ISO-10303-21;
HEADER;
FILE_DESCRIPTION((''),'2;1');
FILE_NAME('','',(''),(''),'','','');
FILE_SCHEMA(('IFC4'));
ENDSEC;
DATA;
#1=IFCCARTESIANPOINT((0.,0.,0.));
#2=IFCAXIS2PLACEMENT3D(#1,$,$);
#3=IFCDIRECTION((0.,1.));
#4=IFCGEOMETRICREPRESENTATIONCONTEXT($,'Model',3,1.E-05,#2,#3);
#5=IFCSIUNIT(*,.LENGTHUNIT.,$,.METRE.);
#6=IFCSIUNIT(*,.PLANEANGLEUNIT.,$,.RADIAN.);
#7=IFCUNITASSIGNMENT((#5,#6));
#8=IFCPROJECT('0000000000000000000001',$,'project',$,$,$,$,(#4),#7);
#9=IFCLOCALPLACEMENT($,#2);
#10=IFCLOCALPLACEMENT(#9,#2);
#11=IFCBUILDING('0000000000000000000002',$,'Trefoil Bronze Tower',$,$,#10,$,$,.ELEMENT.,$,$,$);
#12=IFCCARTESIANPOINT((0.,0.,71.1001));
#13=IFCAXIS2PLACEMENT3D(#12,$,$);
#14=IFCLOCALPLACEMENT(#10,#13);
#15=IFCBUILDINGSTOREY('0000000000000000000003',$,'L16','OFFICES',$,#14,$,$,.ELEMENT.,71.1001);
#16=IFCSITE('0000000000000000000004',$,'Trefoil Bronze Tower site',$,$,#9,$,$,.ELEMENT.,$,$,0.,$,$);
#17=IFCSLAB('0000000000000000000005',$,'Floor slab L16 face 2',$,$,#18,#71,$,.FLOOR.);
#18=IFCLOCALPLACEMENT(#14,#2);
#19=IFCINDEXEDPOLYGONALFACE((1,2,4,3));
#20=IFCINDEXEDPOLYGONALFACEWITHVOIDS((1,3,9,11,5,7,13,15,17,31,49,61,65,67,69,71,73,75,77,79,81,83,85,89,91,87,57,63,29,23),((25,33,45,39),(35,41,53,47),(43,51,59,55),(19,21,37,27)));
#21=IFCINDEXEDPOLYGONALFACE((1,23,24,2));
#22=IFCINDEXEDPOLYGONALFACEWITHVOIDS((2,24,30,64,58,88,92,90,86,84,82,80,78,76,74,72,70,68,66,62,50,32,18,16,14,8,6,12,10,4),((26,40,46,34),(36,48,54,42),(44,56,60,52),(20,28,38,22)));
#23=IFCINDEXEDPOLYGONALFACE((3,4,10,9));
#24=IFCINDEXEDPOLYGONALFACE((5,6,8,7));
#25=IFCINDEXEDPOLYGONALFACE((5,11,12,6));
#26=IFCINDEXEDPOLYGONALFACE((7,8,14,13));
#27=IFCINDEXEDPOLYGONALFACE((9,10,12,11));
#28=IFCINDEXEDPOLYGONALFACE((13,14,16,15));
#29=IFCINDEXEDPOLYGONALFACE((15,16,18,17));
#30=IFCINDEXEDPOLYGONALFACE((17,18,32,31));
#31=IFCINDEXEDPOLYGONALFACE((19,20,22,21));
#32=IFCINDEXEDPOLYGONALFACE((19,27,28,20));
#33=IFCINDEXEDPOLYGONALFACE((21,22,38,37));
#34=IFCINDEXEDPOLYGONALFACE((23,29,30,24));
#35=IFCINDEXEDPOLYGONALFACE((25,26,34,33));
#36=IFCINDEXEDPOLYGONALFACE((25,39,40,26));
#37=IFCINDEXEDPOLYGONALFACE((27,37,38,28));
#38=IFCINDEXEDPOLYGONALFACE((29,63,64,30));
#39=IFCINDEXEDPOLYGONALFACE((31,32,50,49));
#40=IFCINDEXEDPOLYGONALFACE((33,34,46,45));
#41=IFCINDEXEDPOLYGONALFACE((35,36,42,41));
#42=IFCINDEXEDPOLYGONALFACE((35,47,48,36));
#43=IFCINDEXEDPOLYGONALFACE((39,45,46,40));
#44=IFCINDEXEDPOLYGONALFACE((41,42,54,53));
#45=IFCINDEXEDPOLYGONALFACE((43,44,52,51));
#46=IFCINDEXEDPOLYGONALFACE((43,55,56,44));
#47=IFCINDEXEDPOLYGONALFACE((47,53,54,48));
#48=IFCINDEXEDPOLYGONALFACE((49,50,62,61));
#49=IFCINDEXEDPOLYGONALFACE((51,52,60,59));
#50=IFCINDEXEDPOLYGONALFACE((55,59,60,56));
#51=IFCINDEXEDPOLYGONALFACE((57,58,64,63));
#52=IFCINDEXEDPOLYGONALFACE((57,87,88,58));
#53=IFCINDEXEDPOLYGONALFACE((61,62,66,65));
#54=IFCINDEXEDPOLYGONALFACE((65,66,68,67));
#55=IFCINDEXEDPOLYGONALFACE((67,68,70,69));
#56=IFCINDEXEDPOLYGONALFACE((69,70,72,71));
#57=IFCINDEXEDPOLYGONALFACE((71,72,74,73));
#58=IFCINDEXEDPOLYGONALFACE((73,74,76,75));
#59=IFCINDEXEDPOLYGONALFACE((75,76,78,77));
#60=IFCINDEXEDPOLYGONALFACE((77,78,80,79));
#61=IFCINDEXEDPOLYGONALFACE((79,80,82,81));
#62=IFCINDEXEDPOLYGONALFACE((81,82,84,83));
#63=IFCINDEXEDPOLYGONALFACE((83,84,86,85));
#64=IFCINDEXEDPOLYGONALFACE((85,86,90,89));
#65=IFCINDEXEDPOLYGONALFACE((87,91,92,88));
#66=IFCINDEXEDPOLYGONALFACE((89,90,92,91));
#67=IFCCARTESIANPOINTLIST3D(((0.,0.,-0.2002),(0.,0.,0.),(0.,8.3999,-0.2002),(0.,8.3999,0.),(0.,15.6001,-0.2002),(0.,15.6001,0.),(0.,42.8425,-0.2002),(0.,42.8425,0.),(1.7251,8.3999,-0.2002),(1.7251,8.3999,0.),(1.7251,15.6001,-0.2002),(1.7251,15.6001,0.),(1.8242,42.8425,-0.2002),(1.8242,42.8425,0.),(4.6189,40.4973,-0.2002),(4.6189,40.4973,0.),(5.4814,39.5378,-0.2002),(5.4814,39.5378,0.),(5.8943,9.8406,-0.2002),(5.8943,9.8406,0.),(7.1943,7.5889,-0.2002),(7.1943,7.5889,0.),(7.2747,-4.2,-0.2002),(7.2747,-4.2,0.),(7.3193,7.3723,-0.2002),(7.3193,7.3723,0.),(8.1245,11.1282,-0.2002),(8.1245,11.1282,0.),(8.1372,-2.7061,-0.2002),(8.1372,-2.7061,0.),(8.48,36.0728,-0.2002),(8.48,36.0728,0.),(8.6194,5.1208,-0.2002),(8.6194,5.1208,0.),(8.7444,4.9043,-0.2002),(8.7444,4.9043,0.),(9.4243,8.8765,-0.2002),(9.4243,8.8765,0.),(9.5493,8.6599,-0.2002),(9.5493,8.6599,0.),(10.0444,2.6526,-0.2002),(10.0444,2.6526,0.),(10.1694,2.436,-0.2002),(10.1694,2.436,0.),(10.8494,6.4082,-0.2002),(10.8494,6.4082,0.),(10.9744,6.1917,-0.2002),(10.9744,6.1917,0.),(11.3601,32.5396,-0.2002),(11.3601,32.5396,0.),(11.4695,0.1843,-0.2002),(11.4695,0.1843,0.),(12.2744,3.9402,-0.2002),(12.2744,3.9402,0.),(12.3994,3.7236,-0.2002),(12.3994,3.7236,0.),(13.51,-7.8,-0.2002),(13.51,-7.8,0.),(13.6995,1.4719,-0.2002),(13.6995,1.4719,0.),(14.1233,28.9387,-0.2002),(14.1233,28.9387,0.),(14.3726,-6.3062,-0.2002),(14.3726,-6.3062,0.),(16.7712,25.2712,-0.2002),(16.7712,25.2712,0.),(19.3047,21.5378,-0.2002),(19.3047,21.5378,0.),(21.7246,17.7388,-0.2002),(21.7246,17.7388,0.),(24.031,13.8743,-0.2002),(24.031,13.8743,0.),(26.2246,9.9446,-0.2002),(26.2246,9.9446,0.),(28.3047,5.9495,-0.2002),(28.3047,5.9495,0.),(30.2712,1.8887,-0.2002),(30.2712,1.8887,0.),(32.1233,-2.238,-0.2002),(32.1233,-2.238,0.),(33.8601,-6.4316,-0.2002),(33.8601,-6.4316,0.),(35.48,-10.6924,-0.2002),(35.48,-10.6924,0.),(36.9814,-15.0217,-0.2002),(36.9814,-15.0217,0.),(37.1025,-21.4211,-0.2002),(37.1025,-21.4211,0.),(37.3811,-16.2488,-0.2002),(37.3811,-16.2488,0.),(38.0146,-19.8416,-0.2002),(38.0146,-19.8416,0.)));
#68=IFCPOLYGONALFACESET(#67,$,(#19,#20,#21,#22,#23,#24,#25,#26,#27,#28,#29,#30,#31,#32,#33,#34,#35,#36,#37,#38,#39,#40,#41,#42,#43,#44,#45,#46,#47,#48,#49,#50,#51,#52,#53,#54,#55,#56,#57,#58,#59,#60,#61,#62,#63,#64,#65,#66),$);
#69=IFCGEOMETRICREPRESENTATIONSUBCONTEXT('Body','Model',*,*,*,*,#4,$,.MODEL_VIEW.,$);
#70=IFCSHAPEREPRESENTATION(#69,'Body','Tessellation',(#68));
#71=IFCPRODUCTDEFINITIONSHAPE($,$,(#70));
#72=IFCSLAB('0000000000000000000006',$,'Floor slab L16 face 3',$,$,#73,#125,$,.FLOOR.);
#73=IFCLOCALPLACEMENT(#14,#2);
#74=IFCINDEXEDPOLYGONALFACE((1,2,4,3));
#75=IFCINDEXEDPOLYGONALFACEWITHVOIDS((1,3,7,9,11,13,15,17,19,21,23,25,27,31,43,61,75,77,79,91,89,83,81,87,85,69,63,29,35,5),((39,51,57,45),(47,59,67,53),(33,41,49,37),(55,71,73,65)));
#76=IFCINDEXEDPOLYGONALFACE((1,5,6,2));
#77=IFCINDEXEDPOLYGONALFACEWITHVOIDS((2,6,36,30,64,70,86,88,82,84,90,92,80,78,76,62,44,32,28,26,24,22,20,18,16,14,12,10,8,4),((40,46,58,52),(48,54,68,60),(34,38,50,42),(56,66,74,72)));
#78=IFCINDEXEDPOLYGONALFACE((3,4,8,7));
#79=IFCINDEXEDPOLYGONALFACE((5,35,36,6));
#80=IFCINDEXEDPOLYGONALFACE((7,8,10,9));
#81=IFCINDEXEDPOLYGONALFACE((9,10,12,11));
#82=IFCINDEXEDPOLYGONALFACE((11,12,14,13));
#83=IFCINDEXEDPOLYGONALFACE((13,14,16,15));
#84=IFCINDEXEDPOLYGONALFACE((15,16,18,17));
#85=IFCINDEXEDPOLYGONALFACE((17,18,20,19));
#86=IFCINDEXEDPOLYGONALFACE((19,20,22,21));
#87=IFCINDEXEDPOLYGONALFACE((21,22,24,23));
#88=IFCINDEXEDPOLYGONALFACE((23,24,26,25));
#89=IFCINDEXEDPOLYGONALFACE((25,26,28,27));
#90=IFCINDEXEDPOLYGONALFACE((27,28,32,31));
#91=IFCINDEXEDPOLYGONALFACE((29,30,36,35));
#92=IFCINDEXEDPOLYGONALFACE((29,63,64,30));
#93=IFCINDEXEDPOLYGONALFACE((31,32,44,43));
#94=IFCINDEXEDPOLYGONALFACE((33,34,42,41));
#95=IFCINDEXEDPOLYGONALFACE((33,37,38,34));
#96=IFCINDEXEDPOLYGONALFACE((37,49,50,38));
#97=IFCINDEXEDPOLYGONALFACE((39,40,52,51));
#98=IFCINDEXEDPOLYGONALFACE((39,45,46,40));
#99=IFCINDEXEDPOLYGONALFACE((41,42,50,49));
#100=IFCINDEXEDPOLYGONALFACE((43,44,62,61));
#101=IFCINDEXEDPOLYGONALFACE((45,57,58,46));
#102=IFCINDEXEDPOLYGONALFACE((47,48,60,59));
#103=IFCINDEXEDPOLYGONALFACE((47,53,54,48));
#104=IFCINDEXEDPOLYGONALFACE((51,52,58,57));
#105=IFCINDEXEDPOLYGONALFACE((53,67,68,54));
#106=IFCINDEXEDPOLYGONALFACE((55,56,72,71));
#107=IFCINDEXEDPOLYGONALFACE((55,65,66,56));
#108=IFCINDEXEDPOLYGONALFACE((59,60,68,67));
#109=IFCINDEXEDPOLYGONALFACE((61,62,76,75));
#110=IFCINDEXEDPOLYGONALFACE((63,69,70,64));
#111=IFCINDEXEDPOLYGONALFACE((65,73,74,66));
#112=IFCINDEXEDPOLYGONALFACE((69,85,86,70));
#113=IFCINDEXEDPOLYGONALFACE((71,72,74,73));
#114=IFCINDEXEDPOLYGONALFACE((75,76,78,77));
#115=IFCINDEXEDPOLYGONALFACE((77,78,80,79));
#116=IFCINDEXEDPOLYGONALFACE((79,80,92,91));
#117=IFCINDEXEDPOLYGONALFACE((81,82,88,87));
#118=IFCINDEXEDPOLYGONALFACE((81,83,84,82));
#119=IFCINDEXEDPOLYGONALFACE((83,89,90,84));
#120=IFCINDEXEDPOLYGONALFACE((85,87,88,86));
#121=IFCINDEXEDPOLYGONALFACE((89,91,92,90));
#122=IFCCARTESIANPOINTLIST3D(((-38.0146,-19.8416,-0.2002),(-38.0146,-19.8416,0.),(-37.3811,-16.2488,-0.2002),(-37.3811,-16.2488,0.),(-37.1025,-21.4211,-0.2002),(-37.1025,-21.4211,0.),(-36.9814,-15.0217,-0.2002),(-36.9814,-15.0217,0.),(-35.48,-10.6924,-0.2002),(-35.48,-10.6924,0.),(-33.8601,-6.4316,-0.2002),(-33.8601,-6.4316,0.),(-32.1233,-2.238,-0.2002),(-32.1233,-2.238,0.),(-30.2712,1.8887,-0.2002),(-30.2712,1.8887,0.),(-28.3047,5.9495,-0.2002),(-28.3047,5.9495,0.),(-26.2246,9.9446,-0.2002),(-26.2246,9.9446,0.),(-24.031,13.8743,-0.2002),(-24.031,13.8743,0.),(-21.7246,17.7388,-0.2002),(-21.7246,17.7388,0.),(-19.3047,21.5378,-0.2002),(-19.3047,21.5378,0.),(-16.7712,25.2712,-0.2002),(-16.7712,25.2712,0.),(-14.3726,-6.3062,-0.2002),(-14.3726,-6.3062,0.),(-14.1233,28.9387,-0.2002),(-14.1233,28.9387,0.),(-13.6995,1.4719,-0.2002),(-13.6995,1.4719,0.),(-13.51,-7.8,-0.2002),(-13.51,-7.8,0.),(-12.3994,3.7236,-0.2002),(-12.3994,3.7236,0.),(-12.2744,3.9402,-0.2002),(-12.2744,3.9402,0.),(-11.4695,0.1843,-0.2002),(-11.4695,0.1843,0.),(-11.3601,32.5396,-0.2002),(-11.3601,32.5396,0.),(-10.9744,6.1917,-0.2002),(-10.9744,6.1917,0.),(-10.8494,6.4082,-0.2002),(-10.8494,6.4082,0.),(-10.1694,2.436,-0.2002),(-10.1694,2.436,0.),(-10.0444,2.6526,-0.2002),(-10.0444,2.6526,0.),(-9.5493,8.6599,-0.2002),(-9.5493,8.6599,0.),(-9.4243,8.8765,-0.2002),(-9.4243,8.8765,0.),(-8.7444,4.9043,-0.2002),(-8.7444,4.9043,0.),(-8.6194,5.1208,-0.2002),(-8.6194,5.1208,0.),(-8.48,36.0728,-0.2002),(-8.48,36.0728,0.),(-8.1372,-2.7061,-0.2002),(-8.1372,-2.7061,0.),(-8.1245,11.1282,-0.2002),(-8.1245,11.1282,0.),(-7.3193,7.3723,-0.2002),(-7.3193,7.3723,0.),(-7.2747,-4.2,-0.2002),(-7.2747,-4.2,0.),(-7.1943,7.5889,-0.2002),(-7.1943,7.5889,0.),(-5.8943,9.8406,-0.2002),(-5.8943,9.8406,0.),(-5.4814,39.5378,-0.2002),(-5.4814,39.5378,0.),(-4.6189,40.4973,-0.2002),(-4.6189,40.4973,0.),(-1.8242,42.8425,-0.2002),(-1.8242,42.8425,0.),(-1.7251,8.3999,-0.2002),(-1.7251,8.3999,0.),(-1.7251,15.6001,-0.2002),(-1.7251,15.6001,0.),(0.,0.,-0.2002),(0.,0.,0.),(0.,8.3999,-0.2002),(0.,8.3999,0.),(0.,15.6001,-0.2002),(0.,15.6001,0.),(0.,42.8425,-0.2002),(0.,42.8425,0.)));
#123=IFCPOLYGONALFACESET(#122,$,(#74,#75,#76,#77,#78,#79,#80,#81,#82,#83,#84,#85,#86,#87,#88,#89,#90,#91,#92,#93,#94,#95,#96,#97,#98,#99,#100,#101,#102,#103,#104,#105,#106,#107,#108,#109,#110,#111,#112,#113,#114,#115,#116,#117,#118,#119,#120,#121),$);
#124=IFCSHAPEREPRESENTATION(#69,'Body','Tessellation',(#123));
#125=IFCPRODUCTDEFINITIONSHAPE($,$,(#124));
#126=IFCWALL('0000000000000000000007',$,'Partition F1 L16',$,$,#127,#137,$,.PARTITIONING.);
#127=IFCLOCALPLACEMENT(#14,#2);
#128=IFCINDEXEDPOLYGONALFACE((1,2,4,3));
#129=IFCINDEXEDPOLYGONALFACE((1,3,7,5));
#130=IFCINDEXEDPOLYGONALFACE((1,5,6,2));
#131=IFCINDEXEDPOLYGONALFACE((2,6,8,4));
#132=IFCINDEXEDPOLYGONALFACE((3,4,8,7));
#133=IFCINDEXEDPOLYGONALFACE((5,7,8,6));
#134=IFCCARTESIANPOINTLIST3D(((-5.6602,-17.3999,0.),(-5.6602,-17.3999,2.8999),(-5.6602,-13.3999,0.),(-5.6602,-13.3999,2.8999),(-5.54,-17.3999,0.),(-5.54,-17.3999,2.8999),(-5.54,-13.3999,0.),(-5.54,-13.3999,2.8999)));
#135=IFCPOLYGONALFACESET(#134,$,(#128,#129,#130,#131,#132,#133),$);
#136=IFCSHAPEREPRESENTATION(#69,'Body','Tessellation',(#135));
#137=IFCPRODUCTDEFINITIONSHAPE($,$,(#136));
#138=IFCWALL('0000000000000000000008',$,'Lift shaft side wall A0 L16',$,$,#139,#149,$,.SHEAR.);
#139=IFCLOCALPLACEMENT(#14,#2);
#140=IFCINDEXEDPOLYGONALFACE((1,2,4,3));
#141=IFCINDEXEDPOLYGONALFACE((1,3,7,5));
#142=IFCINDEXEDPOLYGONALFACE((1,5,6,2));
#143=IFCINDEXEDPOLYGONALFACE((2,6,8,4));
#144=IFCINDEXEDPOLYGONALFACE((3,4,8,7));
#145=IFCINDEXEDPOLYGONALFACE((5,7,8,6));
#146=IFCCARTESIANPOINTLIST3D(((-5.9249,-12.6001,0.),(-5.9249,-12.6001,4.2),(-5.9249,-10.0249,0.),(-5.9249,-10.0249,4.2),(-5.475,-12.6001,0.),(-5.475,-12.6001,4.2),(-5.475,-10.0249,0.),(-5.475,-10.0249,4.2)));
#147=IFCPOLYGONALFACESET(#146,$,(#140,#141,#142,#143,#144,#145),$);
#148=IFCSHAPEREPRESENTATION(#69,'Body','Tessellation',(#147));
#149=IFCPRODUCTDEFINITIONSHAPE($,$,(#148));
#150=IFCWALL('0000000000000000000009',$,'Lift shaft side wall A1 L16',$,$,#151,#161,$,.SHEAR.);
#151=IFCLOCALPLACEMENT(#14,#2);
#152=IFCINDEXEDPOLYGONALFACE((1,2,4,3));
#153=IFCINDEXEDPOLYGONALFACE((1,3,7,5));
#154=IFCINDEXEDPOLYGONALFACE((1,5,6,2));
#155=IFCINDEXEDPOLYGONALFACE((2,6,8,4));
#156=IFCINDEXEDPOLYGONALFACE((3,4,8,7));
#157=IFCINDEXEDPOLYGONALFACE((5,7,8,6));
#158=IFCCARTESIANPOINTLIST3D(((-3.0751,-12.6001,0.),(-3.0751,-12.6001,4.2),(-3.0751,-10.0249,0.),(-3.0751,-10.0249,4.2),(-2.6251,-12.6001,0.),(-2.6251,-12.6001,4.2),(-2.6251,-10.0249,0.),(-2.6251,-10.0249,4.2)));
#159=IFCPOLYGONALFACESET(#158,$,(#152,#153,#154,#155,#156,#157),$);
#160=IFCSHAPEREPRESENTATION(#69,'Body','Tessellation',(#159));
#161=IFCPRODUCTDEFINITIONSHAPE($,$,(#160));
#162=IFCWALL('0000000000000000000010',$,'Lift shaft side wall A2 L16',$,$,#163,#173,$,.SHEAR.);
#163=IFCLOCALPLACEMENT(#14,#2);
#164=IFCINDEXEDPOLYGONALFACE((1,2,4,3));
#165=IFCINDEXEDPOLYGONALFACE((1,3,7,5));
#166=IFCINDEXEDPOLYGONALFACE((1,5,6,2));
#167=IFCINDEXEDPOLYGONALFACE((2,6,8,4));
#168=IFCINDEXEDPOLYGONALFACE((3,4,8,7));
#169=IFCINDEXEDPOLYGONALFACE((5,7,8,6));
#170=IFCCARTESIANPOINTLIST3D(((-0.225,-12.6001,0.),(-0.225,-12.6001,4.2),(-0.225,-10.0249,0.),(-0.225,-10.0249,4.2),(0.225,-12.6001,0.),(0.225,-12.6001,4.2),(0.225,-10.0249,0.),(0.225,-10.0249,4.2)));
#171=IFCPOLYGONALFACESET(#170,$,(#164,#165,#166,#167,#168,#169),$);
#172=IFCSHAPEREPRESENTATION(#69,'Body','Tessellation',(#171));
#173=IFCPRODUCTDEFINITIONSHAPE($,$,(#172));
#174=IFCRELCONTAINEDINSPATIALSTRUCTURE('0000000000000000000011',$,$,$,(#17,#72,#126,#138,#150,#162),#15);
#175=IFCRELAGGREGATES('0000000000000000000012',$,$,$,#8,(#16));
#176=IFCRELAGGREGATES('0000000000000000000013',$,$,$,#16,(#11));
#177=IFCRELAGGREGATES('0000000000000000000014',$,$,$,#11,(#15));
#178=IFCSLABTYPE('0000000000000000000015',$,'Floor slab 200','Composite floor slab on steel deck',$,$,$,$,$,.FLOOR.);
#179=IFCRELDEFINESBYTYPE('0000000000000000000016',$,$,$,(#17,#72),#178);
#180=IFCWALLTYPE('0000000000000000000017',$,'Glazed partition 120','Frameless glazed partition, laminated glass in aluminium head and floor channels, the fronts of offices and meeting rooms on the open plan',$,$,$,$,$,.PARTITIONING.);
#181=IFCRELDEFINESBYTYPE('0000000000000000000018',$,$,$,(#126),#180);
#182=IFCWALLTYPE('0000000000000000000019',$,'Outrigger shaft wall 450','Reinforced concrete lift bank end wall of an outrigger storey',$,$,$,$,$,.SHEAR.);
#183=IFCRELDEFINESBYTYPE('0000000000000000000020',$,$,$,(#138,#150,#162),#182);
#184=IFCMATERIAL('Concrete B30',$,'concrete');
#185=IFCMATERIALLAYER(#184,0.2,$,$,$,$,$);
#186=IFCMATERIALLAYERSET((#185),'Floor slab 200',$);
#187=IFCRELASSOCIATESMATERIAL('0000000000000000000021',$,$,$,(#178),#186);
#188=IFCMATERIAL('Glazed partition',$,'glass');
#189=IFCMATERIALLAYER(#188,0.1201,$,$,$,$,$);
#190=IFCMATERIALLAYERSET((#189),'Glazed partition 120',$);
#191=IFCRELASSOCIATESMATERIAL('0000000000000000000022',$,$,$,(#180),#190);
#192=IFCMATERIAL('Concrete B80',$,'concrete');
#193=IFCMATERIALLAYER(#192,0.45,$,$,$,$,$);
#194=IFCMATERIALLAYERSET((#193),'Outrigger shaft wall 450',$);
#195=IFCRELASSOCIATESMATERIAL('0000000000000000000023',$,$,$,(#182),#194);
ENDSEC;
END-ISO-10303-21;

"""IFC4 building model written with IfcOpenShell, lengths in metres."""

from ifc_helpers import new_model, si_unit, direction, frame, frame_2d, origin, place, context, subcontext, project, spatial, polyline, rectangle, outline, extrude, material, layer, layer_set, type_object, element, save


model = new_model("IFC4")

# Units and contexts
model_context = context("Model", 3, precision=1e-05, world=origin(), true_north=direction((0.0, 1.0)))
body_context = subcontext(model_context, "Body", "Model", "MODEL_VIEW")
ifc_project = project(units=[si_unit("LENGTHUNIT", "METRE"), si_unit("PLANEANGLEUNIT", "RADIAN")], contexts=[model_context])

# Site, building, storey
site_placement = place(None, origin())
site = spatial("IfcSite", under=ifc_project, at=site_placement, Name="Trefoil Bronze Tower site", CompositionType="ELEMENT", RefElevation=0.0)
building_placement = place(site_placement, origin())
building = spatial("IfcBuilding", under=site, at=building_placement, Name="Trefoil Bronze Tower", CompositionType="ELEMENT")
storey_placement = place(building_placement, frame((0.0, 0.0, 71.1001)))
storey = spatial("IfcBuildingStorey", under=building, at=storey_placement, Name="L16", Description="OFFICES", CompositionType="ELEMENT", Elevation=71.1001)

# Slabs
ifc_material_1 = material(Name="Concrete B30", Category="concrete")
ifc_layer_1 = layer(ifc_material_1, 0.2)
ifc_layer_set_1 = layer_set([ifc_layer_1], Name="Floor slab 200")
slab_type = type_object("IfcSlabType", Name="Floor slab 200", Description="Composite floor slab on steel deck", PredefinedType="FLOOR", material=ifc_layer_set_1)
slab_1_placement = place(storey_placement, frame((0.0, 0.0, -0.2002)))
element("IfcSlab", 1, at=slab_1_placement, inside=storey, type_object=slab_type, Name="Floor slab L16 face 2", PredefinedType="FLOOR", context=body_context, shape_type="SweptSolid", body=[
    extrude(outline(polyline([(8.48, 36.0728), (11.3601, 32.5396), (14.1233, 28.9387), (16.7712, 25.2712), (19.3047, 21.5378), (21.7246, 17.7388), (24.031, 13.8743), (26.2246, 9.9446), (28.3047, 5.9495), (30.2712, 1.8887), (32.1233, -2.238), (33.8601, -6.4316), (35.48, -10.6924), (36.9814, -15.0217), (37.3811, -16.2488), (38.0146, -19.8416), (37.1025, -21.4211), (13.51, -7.8), (14.3726, -6.3062), (8.1372, -2.7061), (7.2747, -4.2), (0.0, 0.0), (0.0, 8.3999), (1.7251, 8.3999), (1.7251, 15.6001), (0.0, 15.6001), (0.0, 42.8425), (1.8242, 42.8425), (4.6189, 40.4973), (5.4814, 39.5378), (8.48, 36.0728)]), holes=[polyline([(11.4695, 0.1843), (10.1694, 2.436), (12.3994, 3.7236), (13.6995, 1.4719), (11.4695, 0.1843)]), polyline([(10.0444, 2.6526), (8.7444, 4.9043), (10.9744, 6.1917), (12.2744, 3.9402), (10.0444, 2.6526)]), polyline([(8.6194, 5.1208), (7.3193, 7.3723), (9.5493, 8.6599), (10.8494, 6.4082), (8.6194, 5.1208)]), polyline([(7.1943, 7.5889), (5.8943, 9.8406), (8.1245, 11.1282), (9.4243, 8.8765), (7.1943, 7.5889)])]), origin(), (0.0, 0.0, 1.0), 0.2002),
])
slab_2_placement = place(storey_placement, frame((0.0, 0.0, -0.2002)))
element("IfcSlab", 2, at=slab_2_placement, inside=storey, type_object=slab_type, Name="Floor slab L16 face 3", PredefinedType="FLOOR", context=body_context, shape_type="SweptSolid", body=[
    extrude(outline(polyline([(-35.48, -10.6924), (-33.8601, -6.4316), (-32.1233, -2.238), (-30.2712, 1.8887), (-28.3047, 5.9495), (-26.2246, 9.9446), (-24.031, 13.8743), (-21.7246, 17.7388), (-19.3047, 21.5378), (-16.7712, 25.2712), (-14.1233, 28.9387), (-11.3601, 32.5396), (-8.48, 36.0728), (-5.4814, 39.5378), (-4.6189, 40.4973), (-1.8242, 42.8425), (0.0, 42.8425), (0.0, 15.6001), (-1.7251, 15.6001), (-1.7251, 8.3999), (0.0, 8.3999), (0.0, 0.0), (-7.2747, -4.2), (-8.1372, -2.7061), (-14.3726, -6.3062), (-13.51, -7.8), (-37.1025, -21.4211), (-38.0146, -19.8416), (-37.3811, -16.2488), (-36.9814, -15.0217), (-35.48, -10.6924)]), holes=[polyline([(-5.8943, 9.8406), (-7.1943, 7.5889), (-9.4243, 8.8765), (-8.1245, 11.1282), (-5.8943, 9.8406)]), polyline([(-7.3193, 7.3723), (-8.6194, 5.1208), (-10.8494, 6.4082), (-9.5493, 8.6599), (-7.3193, 7.3723)]), polyline([(-8.7444, 4.9043), (-10.0444, 2.6526), (-12.2744, 3.9402), (-10.9744, 6.1917), (-8.7444, 4.9043)]), polyline([(-10.1694, 2.436), (-11.4695, 0.1843), (-13.6995, 1.4719), (-12.3994, 3.7236), (-10.1694, 2.436)])]), origin(), (0.0, 0.0, 1.0), 0.2002),
])

# Walls
ifc_material_2 = material(Name="Glazed partition", Category="glass")
ifc_layer_2 = layer(ifc_material_2, 0.1201)
ifc_layer_set_2 = layer_set([ifc_layer_2], Name="Glazed partition 120")
wall_type_1 = type_object("IfcWallType", Name="Glazed partition 120", Description="Frameless glazed partition, laminated glass in aluminium head and floor channels, the fronts of offices and meeting rooms on the open plan", PredefinedType="PARTITIONING", material=ifc_layer_set_2)
wall_1_placement = place(storey_placement, frame((-5.6001, -13.3999, 0.0), z_axis=(0.0, 0.0, 1.0), x_axis=(0.0, -1.0, 0.0)))
element("IfcWall", 3, at=wall_1_placement, inside=storey, type_object=wall_type_1, Name="Partition F1 L16", PredefinedType="PARTITIONING", context=body_context, shape_type="SweptSolid", body=[
    extrude(rectangle(XDim=4.0, YDim=0.1201, at=frame_2d((2.0, 0.0))), origin(), (0.0, 0.0, 1.0), 2.8999),
])
ifc_material_3 = material(Name="Concrete B80", Category="concrete")
ifc_layer_3 = layer(ifc_material_3, 0.45)
ifc_layer_set_3 = layer_set([ifc_layer_3], Name="Outrigger shaft wall 450")
wall_type_2 = type_object("IfcWallType", Name="Outrigger shaft wall 450", Description="Reinforced concrete lift bank end wall of an outrigger storey", PredefinedType="SHEAR", material=ifc_layer_set_3)
for number, where, z_axis, x_axis, name in (
    (4, (-5.7, -10.0249, 0.0), (0.0, 0.0, 1.0), (0.0, -1.0, 0.0), "Lift shaft side wall A0 L16"),
    (5, (-2.8501, -10.0249, 0.0), (0.0, 0.0, 1.0), (0.0, -1.0, 0.0), "Lift shaft side wall A1 L16"),
    (6, (0.0, -10.0249, 0.0), (0.0, 0.0, 1.0), (0.0, -1.0, 0.0), "Lift shaft side wall A2 L16"),
):
    element("IfcWall", number, at=place(storey_placement, frame(where, z_axis=z_axis, x_axis=x_axis)), inside=storey, type_object=wall_type_2, Name=name, PredefinedType="SHEAR", context=body_context, shape_type="SweptSolid", body=[
        extrude(rectangle(XDim=2.5752, YDim=0.45, at=frame_2d((1.2876, 0.0))), origin(), (0.0, 0.0, 1.0), 4.2),
    ])

save(model, "model.ifc")
